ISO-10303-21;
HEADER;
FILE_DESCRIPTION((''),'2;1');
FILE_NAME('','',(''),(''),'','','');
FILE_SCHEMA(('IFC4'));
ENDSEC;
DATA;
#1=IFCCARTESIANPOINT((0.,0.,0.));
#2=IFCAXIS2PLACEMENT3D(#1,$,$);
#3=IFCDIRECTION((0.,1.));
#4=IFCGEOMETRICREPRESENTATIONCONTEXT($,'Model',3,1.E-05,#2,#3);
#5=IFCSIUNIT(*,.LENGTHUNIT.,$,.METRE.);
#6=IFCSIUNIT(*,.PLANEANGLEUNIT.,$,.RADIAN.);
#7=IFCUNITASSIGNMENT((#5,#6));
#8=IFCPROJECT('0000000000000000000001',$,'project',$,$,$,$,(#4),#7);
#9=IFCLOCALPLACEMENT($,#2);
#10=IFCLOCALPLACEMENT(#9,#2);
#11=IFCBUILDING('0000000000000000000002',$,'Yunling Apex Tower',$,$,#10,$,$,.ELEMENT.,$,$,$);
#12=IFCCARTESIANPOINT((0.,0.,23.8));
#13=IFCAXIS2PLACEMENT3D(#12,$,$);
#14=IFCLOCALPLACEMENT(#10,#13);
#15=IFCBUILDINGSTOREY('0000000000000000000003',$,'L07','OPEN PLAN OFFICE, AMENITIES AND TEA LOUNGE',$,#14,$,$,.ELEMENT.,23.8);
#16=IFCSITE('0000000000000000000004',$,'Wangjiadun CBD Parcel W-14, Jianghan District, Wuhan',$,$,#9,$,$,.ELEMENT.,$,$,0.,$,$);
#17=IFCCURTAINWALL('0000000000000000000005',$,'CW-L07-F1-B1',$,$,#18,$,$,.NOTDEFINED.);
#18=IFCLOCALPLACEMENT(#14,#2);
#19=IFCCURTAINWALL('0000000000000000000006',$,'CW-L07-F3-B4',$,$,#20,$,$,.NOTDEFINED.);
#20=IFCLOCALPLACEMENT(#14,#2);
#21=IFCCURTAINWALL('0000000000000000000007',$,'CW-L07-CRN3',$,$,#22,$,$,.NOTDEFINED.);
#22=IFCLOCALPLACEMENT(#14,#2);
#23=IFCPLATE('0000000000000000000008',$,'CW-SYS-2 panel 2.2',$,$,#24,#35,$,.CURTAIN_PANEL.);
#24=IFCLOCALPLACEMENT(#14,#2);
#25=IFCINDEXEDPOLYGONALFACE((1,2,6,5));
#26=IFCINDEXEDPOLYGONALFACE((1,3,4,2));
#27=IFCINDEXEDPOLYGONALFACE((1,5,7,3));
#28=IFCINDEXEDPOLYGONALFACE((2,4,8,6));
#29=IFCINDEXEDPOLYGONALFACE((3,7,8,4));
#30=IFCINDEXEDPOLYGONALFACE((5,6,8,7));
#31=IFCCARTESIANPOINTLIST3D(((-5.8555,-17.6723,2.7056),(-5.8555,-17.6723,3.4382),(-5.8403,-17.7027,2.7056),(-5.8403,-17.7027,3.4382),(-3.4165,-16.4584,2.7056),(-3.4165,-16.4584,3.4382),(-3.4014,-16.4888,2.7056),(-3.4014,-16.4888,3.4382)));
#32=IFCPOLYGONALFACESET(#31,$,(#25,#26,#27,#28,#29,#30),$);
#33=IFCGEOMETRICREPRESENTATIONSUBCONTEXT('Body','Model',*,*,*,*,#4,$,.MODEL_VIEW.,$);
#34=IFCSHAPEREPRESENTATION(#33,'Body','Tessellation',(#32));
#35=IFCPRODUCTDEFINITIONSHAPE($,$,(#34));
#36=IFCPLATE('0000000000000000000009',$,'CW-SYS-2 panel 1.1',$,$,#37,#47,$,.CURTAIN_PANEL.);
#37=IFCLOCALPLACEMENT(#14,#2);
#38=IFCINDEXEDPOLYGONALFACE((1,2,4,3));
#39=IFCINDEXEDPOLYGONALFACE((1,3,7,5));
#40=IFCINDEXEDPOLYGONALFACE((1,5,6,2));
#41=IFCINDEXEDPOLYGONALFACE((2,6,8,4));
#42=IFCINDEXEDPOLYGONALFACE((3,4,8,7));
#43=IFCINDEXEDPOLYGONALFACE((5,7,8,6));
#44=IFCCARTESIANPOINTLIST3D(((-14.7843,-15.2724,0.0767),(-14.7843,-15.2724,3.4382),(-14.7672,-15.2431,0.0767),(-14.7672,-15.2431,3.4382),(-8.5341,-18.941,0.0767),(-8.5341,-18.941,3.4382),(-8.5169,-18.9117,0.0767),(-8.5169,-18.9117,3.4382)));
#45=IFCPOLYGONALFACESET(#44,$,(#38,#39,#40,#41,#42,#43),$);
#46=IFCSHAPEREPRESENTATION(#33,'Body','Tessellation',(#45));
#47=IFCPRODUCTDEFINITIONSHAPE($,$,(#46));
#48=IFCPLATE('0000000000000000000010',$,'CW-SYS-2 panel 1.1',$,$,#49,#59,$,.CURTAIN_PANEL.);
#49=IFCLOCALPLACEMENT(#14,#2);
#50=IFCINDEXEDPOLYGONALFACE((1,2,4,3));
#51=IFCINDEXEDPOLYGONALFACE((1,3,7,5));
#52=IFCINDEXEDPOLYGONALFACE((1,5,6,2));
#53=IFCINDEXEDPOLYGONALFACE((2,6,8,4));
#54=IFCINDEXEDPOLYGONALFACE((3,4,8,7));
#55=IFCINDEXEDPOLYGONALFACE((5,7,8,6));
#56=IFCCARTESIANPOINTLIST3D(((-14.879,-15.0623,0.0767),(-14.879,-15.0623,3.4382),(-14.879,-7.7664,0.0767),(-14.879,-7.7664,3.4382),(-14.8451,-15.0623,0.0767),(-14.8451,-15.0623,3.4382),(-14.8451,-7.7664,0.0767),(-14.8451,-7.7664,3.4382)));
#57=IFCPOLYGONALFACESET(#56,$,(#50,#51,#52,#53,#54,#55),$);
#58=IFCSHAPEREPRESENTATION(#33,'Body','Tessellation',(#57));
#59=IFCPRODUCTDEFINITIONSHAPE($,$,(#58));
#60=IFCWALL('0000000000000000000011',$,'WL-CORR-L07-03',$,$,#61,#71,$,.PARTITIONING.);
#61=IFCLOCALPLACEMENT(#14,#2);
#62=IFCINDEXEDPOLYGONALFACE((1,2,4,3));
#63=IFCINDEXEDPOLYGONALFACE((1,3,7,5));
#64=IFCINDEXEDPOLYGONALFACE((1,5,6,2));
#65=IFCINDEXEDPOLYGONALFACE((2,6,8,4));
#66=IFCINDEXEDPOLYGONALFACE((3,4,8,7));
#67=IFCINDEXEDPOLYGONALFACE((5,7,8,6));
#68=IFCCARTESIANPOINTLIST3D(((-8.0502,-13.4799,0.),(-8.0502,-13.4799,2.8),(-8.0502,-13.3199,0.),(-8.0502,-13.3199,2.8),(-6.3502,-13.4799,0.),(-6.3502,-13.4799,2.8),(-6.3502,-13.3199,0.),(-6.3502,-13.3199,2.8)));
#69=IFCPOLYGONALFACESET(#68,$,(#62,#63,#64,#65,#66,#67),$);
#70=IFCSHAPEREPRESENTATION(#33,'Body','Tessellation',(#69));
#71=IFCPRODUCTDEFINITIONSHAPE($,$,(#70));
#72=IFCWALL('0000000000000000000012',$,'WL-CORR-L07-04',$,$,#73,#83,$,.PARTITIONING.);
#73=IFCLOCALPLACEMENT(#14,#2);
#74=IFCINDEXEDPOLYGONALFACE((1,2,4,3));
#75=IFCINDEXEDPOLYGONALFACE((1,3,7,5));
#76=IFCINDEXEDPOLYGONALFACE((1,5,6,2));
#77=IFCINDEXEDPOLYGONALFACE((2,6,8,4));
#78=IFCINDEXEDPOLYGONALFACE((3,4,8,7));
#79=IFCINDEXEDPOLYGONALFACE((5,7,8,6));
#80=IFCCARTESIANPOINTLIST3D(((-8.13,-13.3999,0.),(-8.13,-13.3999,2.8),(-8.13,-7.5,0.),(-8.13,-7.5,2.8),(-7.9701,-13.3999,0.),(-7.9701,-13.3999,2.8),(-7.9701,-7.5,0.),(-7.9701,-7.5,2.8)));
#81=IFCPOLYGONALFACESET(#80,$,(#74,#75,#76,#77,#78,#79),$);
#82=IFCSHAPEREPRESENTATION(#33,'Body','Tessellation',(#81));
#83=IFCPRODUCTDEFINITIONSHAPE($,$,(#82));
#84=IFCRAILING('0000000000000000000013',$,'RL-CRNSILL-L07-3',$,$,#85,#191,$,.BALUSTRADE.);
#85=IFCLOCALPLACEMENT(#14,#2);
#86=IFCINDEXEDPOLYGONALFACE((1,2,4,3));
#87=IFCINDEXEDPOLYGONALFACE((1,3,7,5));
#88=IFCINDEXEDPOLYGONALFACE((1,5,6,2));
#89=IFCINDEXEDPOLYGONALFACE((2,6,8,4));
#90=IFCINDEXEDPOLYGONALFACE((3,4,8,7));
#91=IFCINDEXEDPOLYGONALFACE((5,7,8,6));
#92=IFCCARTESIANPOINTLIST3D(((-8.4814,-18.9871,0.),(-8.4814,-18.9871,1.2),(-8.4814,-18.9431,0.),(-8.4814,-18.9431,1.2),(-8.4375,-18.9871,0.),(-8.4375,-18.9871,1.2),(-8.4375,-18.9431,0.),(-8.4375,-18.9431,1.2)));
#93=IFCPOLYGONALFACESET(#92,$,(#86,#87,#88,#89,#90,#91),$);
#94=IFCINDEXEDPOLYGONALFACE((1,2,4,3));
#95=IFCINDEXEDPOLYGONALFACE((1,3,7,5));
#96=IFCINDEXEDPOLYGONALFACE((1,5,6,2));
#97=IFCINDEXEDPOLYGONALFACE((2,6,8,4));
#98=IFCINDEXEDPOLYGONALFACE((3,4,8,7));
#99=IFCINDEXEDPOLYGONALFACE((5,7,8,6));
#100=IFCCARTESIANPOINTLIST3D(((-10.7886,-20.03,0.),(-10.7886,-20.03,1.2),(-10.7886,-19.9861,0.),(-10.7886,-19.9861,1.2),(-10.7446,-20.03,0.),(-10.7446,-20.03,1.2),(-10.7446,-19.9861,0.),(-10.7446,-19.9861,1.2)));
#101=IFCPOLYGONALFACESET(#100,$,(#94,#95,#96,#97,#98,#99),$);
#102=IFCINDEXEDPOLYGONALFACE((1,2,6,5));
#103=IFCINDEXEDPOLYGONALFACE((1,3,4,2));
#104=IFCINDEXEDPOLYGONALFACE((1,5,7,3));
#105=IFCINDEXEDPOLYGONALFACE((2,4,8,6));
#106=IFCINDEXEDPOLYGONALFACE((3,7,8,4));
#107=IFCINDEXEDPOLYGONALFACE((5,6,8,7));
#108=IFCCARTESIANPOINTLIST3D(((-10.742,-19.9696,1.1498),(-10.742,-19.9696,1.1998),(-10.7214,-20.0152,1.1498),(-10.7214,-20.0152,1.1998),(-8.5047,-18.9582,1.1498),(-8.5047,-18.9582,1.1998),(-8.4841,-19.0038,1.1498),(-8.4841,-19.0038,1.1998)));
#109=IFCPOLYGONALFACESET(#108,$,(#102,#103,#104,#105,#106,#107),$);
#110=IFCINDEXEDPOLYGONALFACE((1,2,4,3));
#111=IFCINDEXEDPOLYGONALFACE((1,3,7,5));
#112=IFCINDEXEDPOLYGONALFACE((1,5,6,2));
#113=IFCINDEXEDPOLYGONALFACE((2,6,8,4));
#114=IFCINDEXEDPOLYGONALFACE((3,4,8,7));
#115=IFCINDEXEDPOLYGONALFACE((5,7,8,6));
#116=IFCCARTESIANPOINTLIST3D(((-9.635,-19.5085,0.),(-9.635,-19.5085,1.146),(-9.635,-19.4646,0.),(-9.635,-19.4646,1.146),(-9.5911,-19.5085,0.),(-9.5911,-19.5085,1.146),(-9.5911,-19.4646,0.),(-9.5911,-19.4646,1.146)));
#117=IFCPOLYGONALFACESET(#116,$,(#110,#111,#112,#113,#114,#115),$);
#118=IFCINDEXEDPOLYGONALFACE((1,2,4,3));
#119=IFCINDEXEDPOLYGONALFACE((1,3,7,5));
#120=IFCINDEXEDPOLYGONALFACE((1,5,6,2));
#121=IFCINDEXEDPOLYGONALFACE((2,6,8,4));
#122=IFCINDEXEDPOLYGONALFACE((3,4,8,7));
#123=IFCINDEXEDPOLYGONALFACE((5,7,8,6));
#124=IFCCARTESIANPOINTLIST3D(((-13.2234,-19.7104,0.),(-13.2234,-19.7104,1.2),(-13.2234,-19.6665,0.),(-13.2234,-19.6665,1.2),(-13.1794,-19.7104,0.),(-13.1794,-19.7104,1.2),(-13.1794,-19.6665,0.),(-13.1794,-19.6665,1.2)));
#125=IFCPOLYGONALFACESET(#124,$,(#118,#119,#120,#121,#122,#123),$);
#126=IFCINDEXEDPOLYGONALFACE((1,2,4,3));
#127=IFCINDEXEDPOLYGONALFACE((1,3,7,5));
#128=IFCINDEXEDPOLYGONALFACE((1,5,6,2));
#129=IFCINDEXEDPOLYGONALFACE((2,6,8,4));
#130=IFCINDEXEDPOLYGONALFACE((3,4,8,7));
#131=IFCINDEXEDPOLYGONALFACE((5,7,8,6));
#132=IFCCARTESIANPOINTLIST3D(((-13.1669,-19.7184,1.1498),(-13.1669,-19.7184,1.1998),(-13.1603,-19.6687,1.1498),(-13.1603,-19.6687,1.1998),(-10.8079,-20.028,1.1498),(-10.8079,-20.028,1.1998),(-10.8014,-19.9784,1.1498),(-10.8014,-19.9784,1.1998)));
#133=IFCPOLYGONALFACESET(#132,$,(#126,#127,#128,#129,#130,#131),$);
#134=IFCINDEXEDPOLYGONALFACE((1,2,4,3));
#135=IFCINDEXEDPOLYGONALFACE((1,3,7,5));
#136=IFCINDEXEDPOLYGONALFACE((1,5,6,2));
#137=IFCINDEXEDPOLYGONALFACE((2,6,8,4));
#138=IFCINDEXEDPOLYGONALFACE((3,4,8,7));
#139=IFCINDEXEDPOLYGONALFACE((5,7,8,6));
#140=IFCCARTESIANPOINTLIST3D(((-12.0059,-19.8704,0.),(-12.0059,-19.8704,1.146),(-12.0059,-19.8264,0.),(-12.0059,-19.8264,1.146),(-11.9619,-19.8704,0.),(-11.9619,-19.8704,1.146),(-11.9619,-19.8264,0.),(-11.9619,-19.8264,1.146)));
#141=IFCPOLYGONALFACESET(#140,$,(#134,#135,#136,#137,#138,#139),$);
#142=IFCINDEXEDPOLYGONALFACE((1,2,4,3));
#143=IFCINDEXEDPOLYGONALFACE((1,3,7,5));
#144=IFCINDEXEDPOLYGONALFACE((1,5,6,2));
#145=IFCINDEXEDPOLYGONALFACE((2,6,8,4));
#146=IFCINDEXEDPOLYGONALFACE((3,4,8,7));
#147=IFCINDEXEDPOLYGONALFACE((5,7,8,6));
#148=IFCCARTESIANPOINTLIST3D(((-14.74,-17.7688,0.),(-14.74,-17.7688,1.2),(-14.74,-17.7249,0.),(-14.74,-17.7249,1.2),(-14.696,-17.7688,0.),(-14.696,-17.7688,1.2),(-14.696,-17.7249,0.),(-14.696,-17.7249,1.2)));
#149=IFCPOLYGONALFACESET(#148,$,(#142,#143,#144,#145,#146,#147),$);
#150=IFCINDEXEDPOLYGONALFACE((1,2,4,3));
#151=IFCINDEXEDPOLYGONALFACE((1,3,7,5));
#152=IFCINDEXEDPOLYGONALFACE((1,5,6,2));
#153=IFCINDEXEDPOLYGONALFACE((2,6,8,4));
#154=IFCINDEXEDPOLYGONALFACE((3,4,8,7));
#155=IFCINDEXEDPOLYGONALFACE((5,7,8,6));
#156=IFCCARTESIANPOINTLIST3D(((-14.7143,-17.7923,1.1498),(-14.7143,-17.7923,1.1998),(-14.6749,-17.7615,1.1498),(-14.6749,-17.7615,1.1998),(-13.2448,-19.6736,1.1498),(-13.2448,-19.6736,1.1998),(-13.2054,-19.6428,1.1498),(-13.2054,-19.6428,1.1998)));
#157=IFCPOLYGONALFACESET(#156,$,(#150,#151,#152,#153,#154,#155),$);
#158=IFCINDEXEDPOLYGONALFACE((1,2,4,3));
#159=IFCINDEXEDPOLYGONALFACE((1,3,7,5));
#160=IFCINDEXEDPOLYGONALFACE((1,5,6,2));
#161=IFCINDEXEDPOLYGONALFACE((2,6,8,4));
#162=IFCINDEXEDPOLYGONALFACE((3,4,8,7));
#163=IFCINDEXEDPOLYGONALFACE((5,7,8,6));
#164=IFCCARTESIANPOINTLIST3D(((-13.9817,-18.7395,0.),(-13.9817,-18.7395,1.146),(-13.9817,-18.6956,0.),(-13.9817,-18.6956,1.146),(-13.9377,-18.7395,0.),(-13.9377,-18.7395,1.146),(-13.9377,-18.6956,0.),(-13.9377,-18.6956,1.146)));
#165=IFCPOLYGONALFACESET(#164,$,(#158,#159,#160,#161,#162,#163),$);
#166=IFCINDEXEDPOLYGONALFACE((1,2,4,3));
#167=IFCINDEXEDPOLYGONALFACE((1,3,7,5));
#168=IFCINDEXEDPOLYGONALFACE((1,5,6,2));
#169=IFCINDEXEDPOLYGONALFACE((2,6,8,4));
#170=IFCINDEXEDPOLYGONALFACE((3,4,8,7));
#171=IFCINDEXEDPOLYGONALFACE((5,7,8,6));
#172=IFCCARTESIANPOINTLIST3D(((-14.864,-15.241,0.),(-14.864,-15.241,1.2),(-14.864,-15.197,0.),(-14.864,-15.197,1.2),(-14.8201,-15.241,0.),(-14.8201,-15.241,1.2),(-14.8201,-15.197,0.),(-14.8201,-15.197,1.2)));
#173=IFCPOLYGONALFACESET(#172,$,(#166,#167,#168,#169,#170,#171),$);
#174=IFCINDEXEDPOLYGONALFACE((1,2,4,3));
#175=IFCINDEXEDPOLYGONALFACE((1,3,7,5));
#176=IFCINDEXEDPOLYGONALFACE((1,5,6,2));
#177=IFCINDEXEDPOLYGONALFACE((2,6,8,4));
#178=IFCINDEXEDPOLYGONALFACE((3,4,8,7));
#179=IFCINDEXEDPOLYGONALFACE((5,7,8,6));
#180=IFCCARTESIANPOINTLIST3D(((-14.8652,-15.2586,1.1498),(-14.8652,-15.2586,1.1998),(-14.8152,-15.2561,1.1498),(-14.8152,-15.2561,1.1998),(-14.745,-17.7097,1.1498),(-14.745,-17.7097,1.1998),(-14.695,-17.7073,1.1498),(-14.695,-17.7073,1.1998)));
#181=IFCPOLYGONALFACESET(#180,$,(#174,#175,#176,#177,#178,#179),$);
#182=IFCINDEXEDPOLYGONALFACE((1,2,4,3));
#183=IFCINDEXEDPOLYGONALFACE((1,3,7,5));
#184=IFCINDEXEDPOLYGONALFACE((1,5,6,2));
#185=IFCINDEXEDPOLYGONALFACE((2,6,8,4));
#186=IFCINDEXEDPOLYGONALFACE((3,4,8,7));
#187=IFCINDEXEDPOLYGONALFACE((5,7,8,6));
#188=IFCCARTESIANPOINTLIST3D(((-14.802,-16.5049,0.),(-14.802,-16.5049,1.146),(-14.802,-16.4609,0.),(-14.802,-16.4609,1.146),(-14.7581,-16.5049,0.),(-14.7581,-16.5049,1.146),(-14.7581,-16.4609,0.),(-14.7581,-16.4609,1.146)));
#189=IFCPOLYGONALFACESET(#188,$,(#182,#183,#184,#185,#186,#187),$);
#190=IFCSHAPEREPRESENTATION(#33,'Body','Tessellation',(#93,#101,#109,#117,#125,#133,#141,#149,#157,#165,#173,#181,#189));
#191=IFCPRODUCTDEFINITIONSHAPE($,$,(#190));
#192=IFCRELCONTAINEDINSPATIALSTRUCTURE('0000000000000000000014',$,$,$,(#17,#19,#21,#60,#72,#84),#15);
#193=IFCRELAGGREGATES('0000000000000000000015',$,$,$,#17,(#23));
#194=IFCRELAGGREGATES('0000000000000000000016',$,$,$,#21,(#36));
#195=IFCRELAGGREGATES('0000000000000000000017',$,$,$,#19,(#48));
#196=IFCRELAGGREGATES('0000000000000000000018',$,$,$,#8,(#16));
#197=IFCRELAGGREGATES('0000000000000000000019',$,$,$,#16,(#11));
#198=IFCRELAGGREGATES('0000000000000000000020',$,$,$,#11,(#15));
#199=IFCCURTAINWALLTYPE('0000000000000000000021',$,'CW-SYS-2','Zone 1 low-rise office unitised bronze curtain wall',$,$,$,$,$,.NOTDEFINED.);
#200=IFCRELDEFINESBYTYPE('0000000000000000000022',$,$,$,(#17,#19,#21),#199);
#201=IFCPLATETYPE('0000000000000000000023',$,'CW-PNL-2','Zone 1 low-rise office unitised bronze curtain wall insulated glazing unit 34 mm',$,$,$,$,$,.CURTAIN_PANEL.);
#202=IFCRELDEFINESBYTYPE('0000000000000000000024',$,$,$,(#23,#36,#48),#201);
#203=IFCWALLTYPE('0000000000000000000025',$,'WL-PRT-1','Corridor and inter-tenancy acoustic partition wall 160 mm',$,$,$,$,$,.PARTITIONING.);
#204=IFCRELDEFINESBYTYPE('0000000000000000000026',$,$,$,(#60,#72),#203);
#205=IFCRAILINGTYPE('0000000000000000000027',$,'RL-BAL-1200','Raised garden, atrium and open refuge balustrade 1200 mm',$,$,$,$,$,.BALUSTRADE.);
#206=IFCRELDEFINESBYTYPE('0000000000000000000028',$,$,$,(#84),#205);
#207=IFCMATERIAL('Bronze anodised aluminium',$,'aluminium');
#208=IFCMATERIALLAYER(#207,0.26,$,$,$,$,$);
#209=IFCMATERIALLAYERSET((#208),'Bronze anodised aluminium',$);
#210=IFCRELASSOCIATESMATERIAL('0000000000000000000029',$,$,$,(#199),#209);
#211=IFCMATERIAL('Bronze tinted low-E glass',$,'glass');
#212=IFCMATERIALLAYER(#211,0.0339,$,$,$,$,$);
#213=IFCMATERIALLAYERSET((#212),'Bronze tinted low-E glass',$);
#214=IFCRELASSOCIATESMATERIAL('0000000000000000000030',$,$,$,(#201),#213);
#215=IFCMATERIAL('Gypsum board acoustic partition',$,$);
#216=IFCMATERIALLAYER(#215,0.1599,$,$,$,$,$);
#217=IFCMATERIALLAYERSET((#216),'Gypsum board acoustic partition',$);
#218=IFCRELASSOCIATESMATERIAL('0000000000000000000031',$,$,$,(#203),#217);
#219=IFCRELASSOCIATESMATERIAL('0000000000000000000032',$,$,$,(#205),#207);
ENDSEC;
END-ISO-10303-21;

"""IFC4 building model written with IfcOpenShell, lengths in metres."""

from ifc_helpers import new_model, si_unit, direction, frame, frame_2d, origin, origin_2d, place, context, subcontext, project, spatial, rectangle, extrude, source, transform, mapped, material, layer, layer_set, type_object, element, aggregate, save


model = new_model("IFC4")

# Units and contexts
model_context = context("Model", 3, precision=1e-05, world=origin(), true_north=direction((0.0, 1.0)))
body_context = subcontext(model_context, "Body", "Model", "MODEL_VIEW")
ifc_project = project(units=[si_unit("LENGTHUNIT", "METRE"), si_unit("PLANEANGLEUNIT", "RADIAN")], contexts=[model_context])

# Site, building, storey
site_placement = place(None, origin())
site = spatial("IfcSite", under=ifc_project, at=site_placement, Name="Wangjiadun CBD Parcel W-14, Jianghan District, Wuhan", CompositionType="ELEMENT", RefElevation=0.0)
building_placement = place(site_placement, origin())
building = spatial("IfcBuilding", under=site, at=building_placement, Name="Yunling Apex Tower", CompositionType="ELEMENT")
storey_placement = place(building_placement, frame((0.0, 0.0, 23.8)))
storey = spatial("IfcBuildingStorey", under=building, at=storey_placement, Name="L07", Description="OPEN PLAN OFFICE, AMENITIES AND TEA LOUNGE", CompositionType="ELEMENT", Elevation=23.8)

# Curtain wall
ifc_material_1 = material(Name="Bronze anodised aluminium", Category="aluminium")
ifc_layer_1 = layer(ifc_material_1, 0.26)
ifc_layer_set_1 = layer_set([ifc_layer_1], Name="Bronze anodised aluminium")
curtain_wall_type = type_object("IfcCurtainWallType", Name="CW-SYS-2", Description="Zone 1 low-rise office unitised bronze curtain wall", PredefinedType="NOTDEFINED", material=ifc_layer_set_1)
curtain_wall_1_placement = place(storey_placement, origin())
curtain_wall_1 = element("IfcCurtainWall", 1, at=curtain_wall_1_placement, inside=storey, type_object=curtain_wall_type, Name="CW-L07-F1-B1", PredefinedType="NOTDEFINED")

# Curtain wall
curtain_wall_2_placement = place(storey_placement, origin())
curtain_wall_2 = element("IfcCurtainWall", 2, at=curtain_wall_2_placement, inside=storey, type_object=curtain_wall_type, Name="CW-L07-F3-B4", PredefinedType="NOTDEFINED")

# Curtain wall
curtain_wall_3_placement = place(storey_placement, origin())
curtain_wall_3 = element("IfcCurtainWall", 3, at=curtain_wall_3_placement, inside=storey, type_object=curtain_wall_type, Name="CW-L07-CRN3", PredefinedType="NOTDEFINED")

# Plates
ifc_material_2 = material(Name="Bronze tinted low-E glass", Category="glass")
ifc_layer_2 = layer(ifc_material_2, 0.0339)
ifc_layer_set_2 = layer_set([ifc_layer_2], Name="Bronze tinted low-E glass")
plate_type = type_object("IfcPlateType", Name="CW-PNL-2", Description="Zone 1 low-rise office unitised bronze curtain wall insulated glazing unit 34 mm", PredefinedType="CURTAIN_PANEL", material=ifc_layer_set_2)
shared_shape_1 = source(origin(), body_context, "Body", "SweptSolid", [
    extrude(rectangle(XDim=2.7244, YDim=0.0339, at=origin_2d()), origin(), (0.0, 0.0, 1.0), 0.7327),
])
plate_1_placement = place(storey_placement, frame((-4.6284, -17.0806, 2.7056), z_axis=(0.0, 0.0, 1.0), x_axis=(0.895247, 0.445571, 0.0)))
plate_1 = element("IfcPlate", 4, at=plate_1_placement, type_object=plate_type, Name="CW-SYS-2 panel 2.2", PredefinedType="CURTAIN_PANEL", context=body_context, shape_type="MappedRepresentation", body=[
    mapped(shared_shape_1, transform((0.0, 0.0, 0.0), scale=1.0)),
])
aggregate(curtain_wall_1, [plate_1])
shared_shape_2 = source(origin(), body_context, "Body", "SweptSolid", [
    extrude(rectangle(XDim=7.2473, YDim=0.0339, at=origin_2d()), origin(), (0.0, 0.0, 1.0), 3.3616),
])
plate_2_placement = place(storey_placement, frame((-11.6506, -17.092, 0.0767), z_axis=(0.0, 0.0, 1.0), x_axis=(0.862419, -0.506196, 0.0)))
plate_2 = element("IfcPlate", 5, at=plate_2_placement, type_object=plate_type, Name="CW-SYS-2 panel 1.1", PredefinedType="CURTAIN_PANEL", context=body_context, shape_type="MappedRepresentation", body=[
    mapped(shared_shape_2, transform((0.0, 0.0, 0.0), scale=1.0)),
])
aggregate(curtain_wall_3, [plate_2])
shared_shape_3 = source(origin(), body_context, "Body", "SweptSolid", [
    extrude(rectangle(XDim=7.2959, YDim=0.0339, at=origin_2d()), origin(), (0.0, 0.0, 1.0), 3.3616),
])
plate_3_placement = place(storey_placement, frame((-14.8621, -11.4143, 0.0767), z_axis=(0.0, 0.0, 1.0), x_axis=(0.0, -1.0, 0.0)))
plate_3 = element("IfcPlate", 6, at=plate_3_placement, type_object=plate_type, Name="CW-SYS-2 panel 1.1", PredefinedType="CURTAIN_PANEL", context=body_context, shape_type="MappedRepresentation", body=[
    mapped(shared_shape_3, transform((0.0, 0.0, 0.0), scale=1.0)),
])
aggregate(curtain_wall_2, [plate_3])

# Walls
ifc_material_3 = material(Name="Gypsum board acoustic partition")
ifc_layer_3 = layer(ifc_material_3, 0.1599)
ifc_layer_set_3 = layer_set([ifc_layer_3], Name="Gypsum board acoustic partition")
wall_type = type_object("IfcWallType", Name="WL-PRT-1", Description="Corridor and inter-tenancy acoustic partition wall 160 mm", PredefinedType="PARTITIONING", material=ifc_layer_set_3)
wall_1_placement = place(storey_placement, frame((-6.3501, -13.3999, 0.0), z_axis=(0.0, 0.0, 1.0), x_axis=(-1.0, 0.0, 0.0)))
element("IfcWall", 7, at=wall_1_placement, inside=storey, type_object=wall_type, Name="WL-CORR-L07-03", PredefinedType="PARTITIONING", context=body_context, shape_type="SweptSolid", body=[
    extrude(rectangle(XDim=1.7, YDim=0.1599, at=frame_2d((0.8501, 0.0))), origin(), (0.0, 0.0, 1.0), 2.8),
])
wall_2_placement = place(storey_placement, frame((-8.05, -13.3999, 0.0), z_axis=(0.0, 0.0, 1.0), x_axis=(0.0, 1.0, 0.0)))
element("IfcWall", 8, at=wall_2_placement, inside=storey, type_object=wall_type, Name="WL-CORR-L07-04", PredefinedType="PARTITIONING", context=body_context, shape_type="SweptSolid", body=[
    extrude(rectangle(XDim=5.8999, YDim=0.1599, at=frame_2d((2.95, 0.0))), origin(), (0.0, 0.0, 1.0), 2.8),
])

# Railing
railing_type = type_object("IfcRailingType", Name="RL-BAL-1200", Description="Raised garden, atrium and open refuge balustrade 1200 mm", PredefinedType="BALUSTRADE", material=ifc_material_1)
railing_placement = place(storey_placement, frame((-8.4595, -18.9651, 0.0)))
element("IfcRailing", 9, at=railing_placement, inside=storey, type_object=railing_type, Name="RL-CRNSILL-L07-3", PredefinedType="BALUSTRADE", context=body_context, shape_type="SweptSolid", body=[
    extrude(rectangle(XDim=0.0439, YDim=0.0439, at=origin_2d()), origin(), (0.0, 0.0, 1.0), 1.2),
    extrude(rectangle(XDim=0.0439, YDim=0.0439, at=origin_2d()), frame((-2.3071, -1.043, 0.0)), (0.0, 0.0, 1.0), 1.2),
    extrude(rectangle(XDim=0.05, YDim=0.05, at=origin_2d()), frame((-0.0349, -0.0159, 1.1748), z_axis=(-0.911217, -0.411928, 0.0), x_axis=(0.411928, -0.911217, 0.0)), (0.0, 0.0, 1.0), 2.4553),
    extrude(rectangle(XDim=0.0439, YDim=0.0439, at=origin_2d()), frame((-1.1536, -0.5215, 0.0)), (0.0, 0.0, 1.0), 1.146),
    extrude(rectangle(XDim=0.0439, YDim=0.0439, at=origin_2d()), frame((-4.7419, -0.7234, 0.0)), (0.0, 0.0, 1.0), 1.2),
    extrude(rectangle(XDim=0.05, YDim=0.05, at=origin_2d()), frame((-2.3452, -1.0381, 1.1748), z_axis=(-0.991496, 0.130138, 0.0), x_axis=(-0.130138, -0.991496, 0.0)), (0.0, 0.0, 1.0), 2.3792),
    extrude(rectangle(XDim=0.0439, YDim=0.0439, at=origin_2d()), frame((-3.5244, -0.8833, 0.0)), (0.0, 0.0, 1.0), 1.146),
    extrude(rectangle(XDim=0.0439, YDim=0.0439, at=origin_2d()), frame((-6.2585, 1.2183, 0.0)), (0.0, 0.0, 1.0), 1.2),
    extrude(rectangle(XDim=0.05, YDim=0.05, at=origin_2d()), frame((-4.7656, -0.6931, 1.1748), z_axis=(-0.615565, 0.788086, 0.0), x_axis=(-0.788086, -0.615565, 0.0)), (0.0, 0.0, 1.0), 2.3872),
    extrude(rectangle(XDim=0.0439, YDim=0.0439, at=origin_2d()), frame((-5.5002, 0.2476, 0.0)), (0.0, 0.0, 1.0), 1.146),
    extrude(rectangle(XDim=0.0439, YDim=0.0439, at=origin_2d()), frame((-6.3826, 3.7461, 0.0)), (0.0, 0.0, 1.0), 1.2),
    extrude(rectangle(XDim=0.05, YDim=0.05, at=origin_2d()), frame((-6.2605, 1.2566, 1.1748), z_axis=(-0.049004, 0.998799, 0.0), x_axis=(-0.998799, -0.049004, 0.0)), (0.0, 0.0, 1.0), 2.4541),
    extrude(rectangle(XDim=0.0439, YDim=0.0439, at=origin_2d()), frame((-6.3206, 2.4822, 0.0)), (0.0, 0.0, 1.0), 1.146),
])

save(model, "model.ifc")
